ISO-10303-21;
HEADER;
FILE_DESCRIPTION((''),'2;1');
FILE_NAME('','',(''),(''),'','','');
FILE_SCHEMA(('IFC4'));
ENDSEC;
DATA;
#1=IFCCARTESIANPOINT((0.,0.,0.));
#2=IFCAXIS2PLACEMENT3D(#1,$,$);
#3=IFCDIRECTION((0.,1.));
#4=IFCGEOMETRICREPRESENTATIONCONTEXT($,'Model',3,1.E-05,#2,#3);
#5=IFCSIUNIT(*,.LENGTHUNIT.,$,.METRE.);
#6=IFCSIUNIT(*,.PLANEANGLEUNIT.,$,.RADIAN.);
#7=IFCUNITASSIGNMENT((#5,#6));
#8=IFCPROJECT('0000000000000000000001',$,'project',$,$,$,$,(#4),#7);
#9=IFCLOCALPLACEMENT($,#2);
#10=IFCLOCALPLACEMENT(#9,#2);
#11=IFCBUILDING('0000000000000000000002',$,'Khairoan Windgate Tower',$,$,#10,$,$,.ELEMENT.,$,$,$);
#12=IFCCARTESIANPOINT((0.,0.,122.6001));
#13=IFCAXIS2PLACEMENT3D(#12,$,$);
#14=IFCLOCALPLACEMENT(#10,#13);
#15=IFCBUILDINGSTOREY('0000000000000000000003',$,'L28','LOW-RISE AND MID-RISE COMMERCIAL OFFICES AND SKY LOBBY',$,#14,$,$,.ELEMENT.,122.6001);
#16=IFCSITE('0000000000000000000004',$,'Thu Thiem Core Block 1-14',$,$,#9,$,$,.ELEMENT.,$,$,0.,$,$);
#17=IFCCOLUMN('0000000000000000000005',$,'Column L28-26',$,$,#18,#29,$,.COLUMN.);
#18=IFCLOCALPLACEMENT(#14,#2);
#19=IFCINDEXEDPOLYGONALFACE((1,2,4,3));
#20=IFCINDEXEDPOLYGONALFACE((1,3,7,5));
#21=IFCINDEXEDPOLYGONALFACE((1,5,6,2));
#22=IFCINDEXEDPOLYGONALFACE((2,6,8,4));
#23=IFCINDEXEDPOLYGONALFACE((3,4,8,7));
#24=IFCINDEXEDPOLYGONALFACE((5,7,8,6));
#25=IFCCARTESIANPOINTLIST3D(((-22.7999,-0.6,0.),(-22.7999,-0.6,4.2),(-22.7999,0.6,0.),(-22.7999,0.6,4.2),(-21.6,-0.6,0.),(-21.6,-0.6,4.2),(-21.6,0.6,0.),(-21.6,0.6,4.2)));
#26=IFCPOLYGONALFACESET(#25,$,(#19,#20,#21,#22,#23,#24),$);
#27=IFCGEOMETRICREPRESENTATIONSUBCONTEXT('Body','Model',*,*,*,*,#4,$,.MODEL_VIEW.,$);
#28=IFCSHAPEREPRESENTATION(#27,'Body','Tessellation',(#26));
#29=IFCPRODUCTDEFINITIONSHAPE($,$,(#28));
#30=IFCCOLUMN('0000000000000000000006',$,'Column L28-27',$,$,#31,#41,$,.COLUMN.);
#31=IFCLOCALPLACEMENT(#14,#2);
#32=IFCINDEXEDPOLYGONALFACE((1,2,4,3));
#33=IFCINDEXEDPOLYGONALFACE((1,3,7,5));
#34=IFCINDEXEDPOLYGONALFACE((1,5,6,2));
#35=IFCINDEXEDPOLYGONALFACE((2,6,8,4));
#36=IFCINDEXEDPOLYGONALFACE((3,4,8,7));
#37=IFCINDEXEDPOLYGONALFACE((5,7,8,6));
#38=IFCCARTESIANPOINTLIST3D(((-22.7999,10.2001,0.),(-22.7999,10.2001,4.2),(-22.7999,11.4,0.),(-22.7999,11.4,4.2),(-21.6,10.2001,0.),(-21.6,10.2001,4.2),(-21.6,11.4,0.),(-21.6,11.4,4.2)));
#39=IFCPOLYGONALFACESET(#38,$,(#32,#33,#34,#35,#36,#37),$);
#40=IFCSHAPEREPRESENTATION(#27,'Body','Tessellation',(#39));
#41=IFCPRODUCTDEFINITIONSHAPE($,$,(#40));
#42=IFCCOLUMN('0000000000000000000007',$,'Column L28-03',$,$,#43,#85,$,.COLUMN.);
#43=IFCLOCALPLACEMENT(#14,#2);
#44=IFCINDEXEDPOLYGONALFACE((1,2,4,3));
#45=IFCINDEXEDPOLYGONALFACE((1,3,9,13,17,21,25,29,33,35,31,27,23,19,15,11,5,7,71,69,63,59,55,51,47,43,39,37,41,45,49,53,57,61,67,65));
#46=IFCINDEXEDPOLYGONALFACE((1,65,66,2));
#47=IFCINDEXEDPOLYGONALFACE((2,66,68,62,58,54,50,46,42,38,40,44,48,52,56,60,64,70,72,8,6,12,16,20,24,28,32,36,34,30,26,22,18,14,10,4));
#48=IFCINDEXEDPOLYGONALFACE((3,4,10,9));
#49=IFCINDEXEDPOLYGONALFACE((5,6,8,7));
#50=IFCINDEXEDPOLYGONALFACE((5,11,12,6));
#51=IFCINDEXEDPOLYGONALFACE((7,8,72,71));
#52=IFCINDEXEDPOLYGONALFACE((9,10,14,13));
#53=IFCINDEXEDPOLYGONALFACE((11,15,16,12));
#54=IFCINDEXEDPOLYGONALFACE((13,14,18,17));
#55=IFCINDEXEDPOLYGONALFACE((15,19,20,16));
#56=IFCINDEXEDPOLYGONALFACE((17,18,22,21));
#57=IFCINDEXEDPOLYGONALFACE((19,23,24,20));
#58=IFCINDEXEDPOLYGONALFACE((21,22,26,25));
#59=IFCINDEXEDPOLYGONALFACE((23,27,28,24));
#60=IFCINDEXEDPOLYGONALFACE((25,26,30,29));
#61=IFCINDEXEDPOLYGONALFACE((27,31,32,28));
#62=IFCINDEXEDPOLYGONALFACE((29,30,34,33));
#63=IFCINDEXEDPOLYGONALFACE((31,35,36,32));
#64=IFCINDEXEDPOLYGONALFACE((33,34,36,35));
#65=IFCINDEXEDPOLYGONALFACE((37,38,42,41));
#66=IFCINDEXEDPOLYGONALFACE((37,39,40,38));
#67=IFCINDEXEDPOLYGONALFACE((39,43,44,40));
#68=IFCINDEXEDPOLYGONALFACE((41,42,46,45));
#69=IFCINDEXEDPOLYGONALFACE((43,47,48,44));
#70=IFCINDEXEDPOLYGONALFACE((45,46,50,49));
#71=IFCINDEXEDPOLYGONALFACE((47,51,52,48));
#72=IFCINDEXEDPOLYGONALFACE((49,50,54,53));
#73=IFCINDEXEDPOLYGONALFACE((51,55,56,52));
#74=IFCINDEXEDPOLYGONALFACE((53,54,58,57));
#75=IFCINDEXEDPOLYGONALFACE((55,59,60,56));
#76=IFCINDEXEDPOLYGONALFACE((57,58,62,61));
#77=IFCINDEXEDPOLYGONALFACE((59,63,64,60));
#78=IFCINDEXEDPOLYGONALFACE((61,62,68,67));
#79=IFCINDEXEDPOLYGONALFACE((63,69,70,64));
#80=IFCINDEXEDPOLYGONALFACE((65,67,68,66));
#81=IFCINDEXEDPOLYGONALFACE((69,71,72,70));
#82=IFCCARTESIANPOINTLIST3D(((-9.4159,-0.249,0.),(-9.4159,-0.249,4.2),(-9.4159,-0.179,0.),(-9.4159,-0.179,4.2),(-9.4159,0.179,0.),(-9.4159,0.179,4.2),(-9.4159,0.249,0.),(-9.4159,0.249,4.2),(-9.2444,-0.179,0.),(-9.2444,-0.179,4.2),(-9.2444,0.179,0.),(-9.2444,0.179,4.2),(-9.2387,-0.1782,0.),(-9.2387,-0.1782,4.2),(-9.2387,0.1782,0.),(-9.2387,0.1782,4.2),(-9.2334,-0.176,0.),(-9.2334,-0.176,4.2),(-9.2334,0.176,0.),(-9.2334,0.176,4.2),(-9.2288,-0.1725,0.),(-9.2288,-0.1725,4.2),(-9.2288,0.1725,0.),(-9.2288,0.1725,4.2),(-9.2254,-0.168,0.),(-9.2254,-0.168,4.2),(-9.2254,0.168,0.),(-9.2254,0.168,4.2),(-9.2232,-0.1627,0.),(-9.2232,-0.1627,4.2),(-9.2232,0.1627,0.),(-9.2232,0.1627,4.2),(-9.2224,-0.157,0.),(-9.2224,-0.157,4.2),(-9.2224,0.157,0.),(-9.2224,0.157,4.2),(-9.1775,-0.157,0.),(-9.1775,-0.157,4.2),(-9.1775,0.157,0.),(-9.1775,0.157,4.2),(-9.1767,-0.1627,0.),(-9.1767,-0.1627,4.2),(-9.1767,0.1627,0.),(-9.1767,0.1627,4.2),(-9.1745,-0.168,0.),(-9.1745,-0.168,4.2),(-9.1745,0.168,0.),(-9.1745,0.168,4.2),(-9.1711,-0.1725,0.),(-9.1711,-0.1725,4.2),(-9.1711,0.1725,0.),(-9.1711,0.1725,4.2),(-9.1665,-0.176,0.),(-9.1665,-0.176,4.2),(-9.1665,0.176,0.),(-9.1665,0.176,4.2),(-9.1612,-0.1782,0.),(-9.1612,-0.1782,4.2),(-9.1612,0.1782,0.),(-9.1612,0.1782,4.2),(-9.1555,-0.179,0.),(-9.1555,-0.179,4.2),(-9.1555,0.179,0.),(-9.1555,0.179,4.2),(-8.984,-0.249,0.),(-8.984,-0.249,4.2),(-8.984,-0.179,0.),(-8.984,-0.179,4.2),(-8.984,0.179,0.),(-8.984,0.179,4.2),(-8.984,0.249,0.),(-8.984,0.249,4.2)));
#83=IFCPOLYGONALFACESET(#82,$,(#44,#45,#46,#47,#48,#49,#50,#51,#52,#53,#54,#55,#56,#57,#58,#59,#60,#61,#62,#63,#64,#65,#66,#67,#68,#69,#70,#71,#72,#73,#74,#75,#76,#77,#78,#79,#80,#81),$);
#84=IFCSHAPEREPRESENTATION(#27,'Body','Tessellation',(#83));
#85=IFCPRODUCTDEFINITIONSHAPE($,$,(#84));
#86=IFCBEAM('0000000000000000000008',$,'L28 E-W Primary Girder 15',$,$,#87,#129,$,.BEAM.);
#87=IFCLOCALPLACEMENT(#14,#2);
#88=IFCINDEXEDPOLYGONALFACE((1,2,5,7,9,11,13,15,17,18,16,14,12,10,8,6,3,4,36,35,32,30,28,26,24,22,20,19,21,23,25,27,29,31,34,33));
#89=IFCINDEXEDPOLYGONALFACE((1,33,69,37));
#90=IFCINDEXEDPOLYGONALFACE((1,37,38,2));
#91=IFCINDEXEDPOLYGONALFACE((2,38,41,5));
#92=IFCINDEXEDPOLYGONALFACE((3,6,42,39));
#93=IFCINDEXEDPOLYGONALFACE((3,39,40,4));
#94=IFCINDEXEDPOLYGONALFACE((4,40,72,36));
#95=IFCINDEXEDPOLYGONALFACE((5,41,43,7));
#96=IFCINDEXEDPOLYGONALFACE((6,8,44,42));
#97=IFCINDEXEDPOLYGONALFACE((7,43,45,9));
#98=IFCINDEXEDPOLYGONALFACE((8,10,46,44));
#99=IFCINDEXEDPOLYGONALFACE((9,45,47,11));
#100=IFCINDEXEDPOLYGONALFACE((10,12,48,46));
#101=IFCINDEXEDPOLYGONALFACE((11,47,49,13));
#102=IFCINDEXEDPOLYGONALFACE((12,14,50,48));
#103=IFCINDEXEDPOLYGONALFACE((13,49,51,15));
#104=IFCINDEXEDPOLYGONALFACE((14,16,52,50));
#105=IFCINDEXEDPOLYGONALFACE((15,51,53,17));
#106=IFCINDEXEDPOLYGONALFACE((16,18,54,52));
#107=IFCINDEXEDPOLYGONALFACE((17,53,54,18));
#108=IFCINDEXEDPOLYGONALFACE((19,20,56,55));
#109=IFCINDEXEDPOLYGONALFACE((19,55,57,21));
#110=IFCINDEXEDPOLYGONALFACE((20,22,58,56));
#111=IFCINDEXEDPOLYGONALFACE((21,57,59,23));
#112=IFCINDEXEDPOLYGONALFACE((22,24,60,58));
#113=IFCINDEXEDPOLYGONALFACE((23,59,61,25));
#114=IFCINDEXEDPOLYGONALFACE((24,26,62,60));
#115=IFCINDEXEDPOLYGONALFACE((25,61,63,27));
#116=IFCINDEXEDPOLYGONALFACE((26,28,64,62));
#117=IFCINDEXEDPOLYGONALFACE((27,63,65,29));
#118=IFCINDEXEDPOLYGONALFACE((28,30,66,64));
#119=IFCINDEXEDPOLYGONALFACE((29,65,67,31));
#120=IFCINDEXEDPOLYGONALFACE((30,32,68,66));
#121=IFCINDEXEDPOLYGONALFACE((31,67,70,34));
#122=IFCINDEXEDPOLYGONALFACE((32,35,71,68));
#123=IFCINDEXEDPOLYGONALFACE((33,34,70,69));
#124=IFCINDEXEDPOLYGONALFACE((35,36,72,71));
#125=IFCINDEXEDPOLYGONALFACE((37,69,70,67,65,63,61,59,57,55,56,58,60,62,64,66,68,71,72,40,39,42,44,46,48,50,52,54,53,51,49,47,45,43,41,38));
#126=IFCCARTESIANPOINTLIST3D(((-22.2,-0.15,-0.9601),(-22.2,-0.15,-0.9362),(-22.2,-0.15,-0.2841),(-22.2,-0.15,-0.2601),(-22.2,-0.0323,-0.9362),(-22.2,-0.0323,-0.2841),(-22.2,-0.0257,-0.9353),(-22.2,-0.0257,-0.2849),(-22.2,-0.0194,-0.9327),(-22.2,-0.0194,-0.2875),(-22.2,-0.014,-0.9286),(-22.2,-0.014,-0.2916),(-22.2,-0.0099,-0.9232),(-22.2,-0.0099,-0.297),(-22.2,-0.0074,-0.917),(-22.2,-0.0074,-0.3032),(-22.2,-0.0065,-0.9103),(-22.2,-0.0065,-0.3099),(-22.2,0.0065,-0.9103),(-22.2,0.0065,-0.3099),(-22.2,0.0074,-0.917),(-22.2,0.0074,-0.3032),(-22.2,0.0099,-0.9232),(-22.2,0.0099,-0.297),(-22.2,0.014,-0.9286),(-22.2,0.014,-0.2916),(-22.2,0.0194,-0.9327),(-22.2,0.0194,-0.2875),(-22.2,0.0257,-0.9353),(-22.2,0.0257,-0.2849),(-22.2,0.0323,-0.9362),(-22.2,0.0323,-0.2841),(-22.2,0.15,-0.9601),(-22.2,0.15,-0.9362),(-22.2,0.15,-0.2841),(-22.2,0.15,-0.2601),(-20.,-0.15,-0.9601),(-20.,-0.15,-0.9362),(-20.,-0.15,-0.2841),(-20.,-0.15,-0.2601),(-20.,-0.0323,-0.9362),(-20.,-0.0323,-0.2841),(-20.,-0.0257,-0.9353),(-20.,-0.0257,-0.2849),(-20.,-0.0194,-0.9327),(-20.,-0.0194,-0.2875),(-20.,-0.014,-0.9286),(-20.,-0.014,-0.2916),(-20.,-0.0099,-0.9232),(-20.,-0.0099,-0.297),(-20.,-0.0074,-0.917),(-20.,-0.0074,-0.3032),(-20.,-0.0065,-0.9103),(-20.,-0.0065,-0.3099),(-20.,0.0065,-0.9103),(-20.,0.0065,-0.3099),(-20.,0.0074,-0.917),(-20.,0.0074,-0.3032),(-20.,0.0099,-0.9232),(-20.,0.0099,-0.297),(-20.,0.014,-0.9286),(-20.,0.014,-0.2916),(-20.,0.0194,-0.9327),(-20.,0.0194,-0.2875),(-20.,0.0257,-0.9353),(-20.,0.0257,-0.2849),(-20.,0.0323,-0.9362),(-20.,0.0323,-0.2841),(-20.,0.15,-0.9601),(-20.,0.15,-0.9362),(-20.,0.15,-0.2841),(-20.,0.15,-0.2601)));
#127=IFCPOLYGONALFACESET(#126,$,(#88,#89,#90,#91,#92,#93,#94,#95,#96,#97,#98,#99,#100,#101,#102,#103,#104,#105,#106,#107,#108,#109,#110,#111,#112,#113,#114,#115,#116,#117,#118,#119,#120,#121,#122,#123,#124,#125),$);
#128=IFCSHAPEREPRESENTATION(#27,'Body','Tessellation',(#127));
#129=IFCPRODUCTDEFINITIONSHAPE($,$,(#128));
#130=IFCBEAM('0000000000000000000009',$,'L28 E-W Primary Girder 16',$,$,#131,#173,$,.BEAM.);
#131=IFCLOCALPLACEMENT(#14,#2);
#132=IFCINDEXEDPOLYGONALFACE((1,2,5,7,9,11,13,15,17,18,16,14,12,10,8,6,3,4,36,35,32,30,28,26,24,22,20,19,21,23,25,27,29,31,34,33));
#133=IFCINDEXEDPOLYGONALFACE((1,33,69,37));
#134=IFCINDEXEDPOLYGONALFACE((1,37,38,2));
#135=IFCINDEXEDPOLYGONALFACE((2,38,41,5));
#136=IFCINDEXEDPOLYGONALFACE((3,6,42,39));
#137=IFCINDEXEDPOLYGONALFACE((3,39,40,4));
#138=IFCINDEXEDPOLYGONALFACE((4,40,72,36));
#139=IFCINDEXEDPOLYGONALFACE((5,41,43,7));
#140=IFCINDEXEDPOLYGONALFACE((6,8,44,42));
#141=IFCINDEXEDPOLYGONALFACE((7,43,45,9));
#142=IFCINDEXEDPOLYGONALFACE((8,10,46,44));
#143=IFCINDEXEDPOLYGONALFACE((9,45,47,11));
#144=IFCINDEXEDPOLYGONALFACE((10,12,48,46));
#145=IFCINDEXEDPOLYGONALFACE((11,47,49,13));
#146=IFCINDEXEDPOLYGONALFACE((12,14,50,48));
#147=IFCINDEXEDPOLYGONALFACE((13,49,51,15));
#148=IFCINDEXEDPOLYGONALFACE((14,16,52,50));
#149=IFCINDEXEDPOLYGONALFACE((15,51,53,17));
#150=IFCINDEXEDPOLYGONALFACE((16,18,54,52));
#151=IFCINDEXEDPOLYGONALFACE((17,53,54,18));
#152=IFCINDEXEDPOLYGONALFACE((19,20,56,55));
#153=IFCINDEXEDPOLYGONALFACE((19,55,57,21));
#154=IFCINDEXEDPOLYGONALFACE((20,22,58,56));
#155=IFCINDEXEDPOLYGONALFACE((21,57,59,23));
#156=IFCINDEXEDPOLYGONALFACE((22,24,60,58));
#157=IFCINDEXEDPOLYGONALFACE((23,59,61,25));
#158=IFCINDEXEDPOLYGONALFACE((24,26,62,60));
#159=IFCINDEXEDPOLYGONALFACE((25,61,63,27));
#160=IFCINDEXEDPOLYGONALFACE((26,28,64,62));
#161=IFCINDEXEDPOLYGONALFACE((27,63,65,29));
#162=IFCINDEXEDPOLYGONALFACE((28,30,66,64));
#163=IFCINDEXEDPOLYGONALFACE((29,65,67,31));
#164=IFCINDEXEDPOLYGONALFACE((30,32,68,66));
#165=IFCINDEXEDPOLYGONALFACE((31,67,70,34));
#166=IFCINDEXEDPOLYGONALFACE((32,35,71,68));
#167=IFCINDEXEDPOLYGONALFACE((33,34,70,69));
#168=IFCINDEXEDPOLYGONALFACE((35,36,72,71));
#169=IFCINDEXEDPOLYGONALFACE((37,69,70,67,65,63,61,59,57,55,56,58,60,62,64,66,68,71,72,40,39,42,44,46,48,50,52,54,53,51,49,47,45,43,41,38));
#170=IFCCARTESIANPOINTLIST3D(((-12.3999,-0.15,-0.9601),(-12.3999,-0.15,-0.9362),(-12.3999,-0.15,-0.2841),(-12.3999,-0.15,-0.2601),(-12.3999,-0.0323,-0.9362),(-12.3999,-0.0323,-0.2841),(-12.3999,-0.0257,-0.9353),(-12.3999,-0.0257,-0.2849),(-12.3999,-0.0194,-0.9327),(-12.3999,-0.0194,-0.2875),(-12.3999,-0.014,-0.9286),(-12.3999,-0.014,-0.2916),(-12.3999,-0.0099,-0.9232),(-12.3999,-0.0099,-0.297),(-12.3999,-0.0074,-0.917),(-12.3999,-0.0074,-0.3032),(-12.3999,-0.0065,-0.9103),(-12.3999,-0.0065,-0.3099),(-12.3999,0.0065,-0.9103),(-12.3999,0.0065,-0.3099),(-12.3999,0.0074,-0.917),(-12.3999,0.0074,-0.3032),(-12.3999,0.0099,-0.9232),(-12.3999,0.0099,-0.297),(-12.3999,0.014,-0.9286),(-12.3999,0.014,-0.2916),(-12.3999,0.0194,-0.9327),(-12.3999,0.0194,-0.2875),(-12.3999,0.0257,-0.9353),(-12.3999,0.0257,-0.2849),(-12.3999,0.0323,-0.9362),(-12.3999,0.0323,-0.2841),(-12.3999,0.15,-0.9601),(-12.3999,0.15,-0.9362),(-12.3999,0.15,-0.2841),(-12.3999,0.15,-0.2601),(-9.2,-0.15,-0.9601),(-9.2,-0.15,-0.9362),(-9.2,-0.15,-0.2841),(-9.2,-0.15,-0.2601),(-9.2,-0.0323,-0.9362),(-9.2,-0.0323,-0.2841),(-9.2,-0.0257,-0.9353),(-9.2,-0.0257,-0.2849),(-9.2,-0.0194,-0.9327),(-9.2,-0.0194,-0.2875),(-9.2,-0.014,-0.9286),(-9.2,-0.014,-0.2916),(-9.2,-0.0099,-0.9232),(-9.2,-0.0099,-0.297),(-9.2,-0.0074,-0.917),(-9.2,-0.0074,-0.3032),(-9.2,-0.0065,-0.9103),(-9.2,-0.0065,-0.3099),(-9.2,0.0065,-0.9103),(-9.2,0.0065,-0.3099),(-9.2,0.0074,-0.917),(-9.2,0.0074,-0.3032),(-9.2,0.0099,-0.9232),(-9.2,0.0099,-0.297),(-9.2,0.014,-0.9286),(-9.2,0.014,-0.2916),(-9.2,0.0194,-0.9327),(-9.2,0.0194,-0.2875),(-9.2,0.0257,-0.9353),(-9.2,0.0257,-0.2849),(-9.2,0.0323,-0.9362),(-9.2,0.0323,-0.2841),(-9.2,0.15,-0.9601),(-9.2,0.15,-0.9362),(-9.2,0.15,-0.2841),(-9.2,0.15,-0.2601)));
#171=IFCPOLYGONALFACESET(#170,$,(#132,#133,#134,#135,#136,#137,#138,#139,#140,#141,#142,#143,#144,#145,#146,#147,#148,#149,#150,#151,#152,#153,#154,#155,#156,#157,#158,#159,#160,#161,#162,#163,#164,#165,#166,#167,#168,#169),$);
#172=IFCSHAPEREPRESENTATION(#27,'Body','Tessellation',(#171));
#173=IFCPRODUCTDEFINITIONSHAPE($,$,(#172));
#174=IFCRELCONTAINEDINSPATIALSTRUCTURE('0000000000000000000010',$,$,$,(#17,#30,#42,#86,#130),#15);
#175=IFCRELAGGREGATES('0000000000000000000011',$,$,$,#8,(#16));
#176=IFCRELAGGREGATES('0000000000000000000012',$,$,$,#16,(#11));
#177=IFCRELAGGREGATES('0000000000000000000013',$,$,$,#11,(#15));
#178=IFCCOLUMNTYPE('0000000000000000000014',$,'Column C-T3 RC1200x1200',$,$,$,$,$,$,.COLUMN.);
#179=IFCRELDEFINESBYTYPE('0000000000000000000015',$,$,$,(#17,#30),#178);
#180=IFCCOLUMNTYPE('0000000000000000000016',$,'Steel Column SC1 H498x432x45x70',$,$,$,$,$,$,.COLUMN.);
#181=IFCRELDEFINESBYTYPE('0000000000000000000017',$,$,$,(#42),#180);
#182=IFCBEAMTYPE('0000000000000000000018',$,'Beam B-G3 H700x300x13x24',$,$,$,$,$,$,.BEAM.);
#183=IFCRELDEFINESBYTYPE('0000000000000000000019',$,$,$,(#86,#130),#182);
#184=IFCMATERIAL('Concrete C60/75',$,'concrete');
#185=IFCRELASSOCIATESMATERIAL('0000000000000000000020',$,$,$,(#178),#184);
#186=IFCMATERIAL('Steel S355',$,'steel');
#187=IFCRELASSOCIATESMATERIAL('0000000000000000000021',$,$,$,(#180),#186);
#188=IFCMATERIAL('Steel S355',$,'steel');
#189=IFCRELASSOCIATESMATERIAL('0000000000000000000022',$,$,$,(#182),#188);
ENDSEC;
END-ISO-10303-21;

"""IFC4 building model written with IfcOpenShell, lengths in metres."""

from ifc_helpers import new_model, si_unit, direction, frame, origin, origin_2d, place, context, subcontext, project, spatial, rectangle, i_section, extrude, material, material_profile, profile_set, type_object, element, save


model = new_model("IFC4")

# Units and contexts
model_context = context("Model", 3, precision=1e-05, world=origin(), true_north=direction((0.0, 1.0)))
body_context = subcontext(model_context, "Body", "Model", "MODEL_VIEW")
ifc_project = project(units=[si_unit("LENGTHUNIT", "METRE"), si_unit("PLANEANGLEUNIT", "RADIAN")], contexts=[model_context])

# Site, building, storey
site_placement = place(None, origin())
site = spatial("IfcSite", under=ifc_project, at=site_placement, Name="Thu Thiem Core Block 1-14", CompositionType="ELEMENT", RefElevation=0.0)
building_placement = place(site_placement, origin())
building = spatial("IfcBuilding", under=site, at=building_placement, Name="Khairoan Windgate Tower", CompositionType="ELEMENT")
storey_placement = place(building_placement, frame((0.0, 0.0, 122.6001)))
storey = spatial("IfcBuildingStorey", under=building, at=storey_placement, Name="L28", Description="LOW-RISE AND MID-RISE COMMERCIAL OFFICES AND SKY LOBBY", CompositionType="ELEMENT", Elevation=122.6001)

# Columns
ifc_material_1 = material(Name="Concrete C60/75", Category="concrete")
ifc_material_profile_1 = material_profile(ifc_material_1, rectangle(XDim=1.2, YDim=1.2, at=origin_2d()))
ifc_profile_set_1 = profile_set([ifc_material_profile_1], Name="Concrete C60/75")
column_type_1 = type_object("IfcColumnType", Name="Column C-T3 RC1200x1200", PredefinedType="COLUMN", material=ifc_profile_set_1)
for number, where, z_axis, x_axis, name in (
    (1, (-22.2, 0.0, 0.0), (0.0, 0.0, 1.0), (1.0, 0.0, 0.0), "Column L28-26"),
    (2, (-22.2, 10.8, 0.0), (0.0, 0.0, 1.0), (1.0, 0.0, 0.0), "Column L28-27"),
):
    element("IfcColumn", number, at=place(storey_placement, frame(where, z_axis=z_axis, x_axis=x_axis)), inside=storey, type_object=column_type_1, Name=name, PredefinedType="COLUMN", context=body_context, shape_type="SweptSolid", body=[
        extrude(rectangle(XDim=1.2, YDim=1.2, at=origin_2d()), origin(), (0.0, 0.0, 1.0), 4.2),
    ])
ifc_material_2 = material(Name="Steel S355", Category="steel")
ifc_material_profile_2 = material_profile(ifc_material_2, i_section(OverallWidth=0.4319, OverallDepth=0.498, WebThickness=0.0449, FlangeThickness=0.0701, FilletRadius=0.022, at=origin_2d()))
ifc_profile_set_2 = profile_set([ifc_material_profile_2], Name="Steel S355")
column_type_2 = type_object("IfcColumnType", Name="Steel Column SC1 H498x432x45x70", PredefinedType="COLUMN", material=ifc_profile_set_2)
column_placement = place(storey_placement, frame((-9.2, 0.0, 0.0), z_axis=(0.0, 0.0, 1.0), x_axis=(1.0, 0.0, 0.0)))
element("IfcColumn", 3, at=column_placement, inside=storey, type_object=column_type_2, Name="Column L28-03", PredefinedType="COLUMN", context=body_context, shape_type="SweptSolid", body=[
    extrude(i_section(OverallWidth=0.4319, OverallDepth=0.498, WebThickness=0.0449, FlangeThickness=0.0701, FilletRadius=0.022, at=origin_2d()), origin(), (0.0, 0.0, 1.0), 4.2),
])

# Beams
ifc_material_3 = material(Name="Steel S355", Category="steel")
ifc_material_profile_3 = material_profile(ifc_material_3, i_section(OverallWidth=0.3, OverallDepth=0.7, WebThickness=0.0129, FlangeThickness=0.0239, FilletRadius=0.0259, at=origin_2d()))
ifc_profile_set_3 = profile_set([ifc_material_profile_3], Name="Steel S355")
beam_type_1 = type_object("IfcBeamType", Name="Beam B-G3 H700x300x13x24", PredefinedType="BEAM", material=ifc_profile_set_3)
beam_1_placement = place(storey_placement, frame((-22.2, 0.0, -0.6101), z_axis=(1.0, 0.0, 0.0), x_axis=(0.0, 1.0, 0.0)))
element("IfcBeam", 4, at=beam_1_placement, inside=storey, type_object=beam_type_1, Name="L28 E-W Primary Girder 15", PredefinedType="BEAM", context=body_context, shape_type="SweptSolid", body=[
    extrude(i_section(OverallWidth=0.3, OverallDepth=0.7, WebThickness=0.0129, FlangeThickness=0.0239, FilletRadius=0.0259, at=origin_2d()), origin(), (0.0, 0.0, 1.0), 2.2),
])
beam_2_placement = place(storey_placement, frame((-12.3999, 0.0, -0.6101), z_axis=(1.0, 0.0, 0.0), x_axis=(0.0, 1.0, 0.0)))
element("IfcBeam", 5, at=beam_2_placement, inside=storey, type_object=beam_type_1, Name="L28 E-W Primary Girder 16", PredefinedType="BEAM", context=body_context, shape_type="SweptSolid", body=[
    extrude(i_section(OverallWidth=0.3, OverallDepth=0.7, WebThickness=0.0129, FlangeThickness=0.0239, FilletRadius=0.0259, at=origin_2d()), origin(), (0.0, 0.0, 1.0), 3.2),
])

save(model, "model.ifc")
